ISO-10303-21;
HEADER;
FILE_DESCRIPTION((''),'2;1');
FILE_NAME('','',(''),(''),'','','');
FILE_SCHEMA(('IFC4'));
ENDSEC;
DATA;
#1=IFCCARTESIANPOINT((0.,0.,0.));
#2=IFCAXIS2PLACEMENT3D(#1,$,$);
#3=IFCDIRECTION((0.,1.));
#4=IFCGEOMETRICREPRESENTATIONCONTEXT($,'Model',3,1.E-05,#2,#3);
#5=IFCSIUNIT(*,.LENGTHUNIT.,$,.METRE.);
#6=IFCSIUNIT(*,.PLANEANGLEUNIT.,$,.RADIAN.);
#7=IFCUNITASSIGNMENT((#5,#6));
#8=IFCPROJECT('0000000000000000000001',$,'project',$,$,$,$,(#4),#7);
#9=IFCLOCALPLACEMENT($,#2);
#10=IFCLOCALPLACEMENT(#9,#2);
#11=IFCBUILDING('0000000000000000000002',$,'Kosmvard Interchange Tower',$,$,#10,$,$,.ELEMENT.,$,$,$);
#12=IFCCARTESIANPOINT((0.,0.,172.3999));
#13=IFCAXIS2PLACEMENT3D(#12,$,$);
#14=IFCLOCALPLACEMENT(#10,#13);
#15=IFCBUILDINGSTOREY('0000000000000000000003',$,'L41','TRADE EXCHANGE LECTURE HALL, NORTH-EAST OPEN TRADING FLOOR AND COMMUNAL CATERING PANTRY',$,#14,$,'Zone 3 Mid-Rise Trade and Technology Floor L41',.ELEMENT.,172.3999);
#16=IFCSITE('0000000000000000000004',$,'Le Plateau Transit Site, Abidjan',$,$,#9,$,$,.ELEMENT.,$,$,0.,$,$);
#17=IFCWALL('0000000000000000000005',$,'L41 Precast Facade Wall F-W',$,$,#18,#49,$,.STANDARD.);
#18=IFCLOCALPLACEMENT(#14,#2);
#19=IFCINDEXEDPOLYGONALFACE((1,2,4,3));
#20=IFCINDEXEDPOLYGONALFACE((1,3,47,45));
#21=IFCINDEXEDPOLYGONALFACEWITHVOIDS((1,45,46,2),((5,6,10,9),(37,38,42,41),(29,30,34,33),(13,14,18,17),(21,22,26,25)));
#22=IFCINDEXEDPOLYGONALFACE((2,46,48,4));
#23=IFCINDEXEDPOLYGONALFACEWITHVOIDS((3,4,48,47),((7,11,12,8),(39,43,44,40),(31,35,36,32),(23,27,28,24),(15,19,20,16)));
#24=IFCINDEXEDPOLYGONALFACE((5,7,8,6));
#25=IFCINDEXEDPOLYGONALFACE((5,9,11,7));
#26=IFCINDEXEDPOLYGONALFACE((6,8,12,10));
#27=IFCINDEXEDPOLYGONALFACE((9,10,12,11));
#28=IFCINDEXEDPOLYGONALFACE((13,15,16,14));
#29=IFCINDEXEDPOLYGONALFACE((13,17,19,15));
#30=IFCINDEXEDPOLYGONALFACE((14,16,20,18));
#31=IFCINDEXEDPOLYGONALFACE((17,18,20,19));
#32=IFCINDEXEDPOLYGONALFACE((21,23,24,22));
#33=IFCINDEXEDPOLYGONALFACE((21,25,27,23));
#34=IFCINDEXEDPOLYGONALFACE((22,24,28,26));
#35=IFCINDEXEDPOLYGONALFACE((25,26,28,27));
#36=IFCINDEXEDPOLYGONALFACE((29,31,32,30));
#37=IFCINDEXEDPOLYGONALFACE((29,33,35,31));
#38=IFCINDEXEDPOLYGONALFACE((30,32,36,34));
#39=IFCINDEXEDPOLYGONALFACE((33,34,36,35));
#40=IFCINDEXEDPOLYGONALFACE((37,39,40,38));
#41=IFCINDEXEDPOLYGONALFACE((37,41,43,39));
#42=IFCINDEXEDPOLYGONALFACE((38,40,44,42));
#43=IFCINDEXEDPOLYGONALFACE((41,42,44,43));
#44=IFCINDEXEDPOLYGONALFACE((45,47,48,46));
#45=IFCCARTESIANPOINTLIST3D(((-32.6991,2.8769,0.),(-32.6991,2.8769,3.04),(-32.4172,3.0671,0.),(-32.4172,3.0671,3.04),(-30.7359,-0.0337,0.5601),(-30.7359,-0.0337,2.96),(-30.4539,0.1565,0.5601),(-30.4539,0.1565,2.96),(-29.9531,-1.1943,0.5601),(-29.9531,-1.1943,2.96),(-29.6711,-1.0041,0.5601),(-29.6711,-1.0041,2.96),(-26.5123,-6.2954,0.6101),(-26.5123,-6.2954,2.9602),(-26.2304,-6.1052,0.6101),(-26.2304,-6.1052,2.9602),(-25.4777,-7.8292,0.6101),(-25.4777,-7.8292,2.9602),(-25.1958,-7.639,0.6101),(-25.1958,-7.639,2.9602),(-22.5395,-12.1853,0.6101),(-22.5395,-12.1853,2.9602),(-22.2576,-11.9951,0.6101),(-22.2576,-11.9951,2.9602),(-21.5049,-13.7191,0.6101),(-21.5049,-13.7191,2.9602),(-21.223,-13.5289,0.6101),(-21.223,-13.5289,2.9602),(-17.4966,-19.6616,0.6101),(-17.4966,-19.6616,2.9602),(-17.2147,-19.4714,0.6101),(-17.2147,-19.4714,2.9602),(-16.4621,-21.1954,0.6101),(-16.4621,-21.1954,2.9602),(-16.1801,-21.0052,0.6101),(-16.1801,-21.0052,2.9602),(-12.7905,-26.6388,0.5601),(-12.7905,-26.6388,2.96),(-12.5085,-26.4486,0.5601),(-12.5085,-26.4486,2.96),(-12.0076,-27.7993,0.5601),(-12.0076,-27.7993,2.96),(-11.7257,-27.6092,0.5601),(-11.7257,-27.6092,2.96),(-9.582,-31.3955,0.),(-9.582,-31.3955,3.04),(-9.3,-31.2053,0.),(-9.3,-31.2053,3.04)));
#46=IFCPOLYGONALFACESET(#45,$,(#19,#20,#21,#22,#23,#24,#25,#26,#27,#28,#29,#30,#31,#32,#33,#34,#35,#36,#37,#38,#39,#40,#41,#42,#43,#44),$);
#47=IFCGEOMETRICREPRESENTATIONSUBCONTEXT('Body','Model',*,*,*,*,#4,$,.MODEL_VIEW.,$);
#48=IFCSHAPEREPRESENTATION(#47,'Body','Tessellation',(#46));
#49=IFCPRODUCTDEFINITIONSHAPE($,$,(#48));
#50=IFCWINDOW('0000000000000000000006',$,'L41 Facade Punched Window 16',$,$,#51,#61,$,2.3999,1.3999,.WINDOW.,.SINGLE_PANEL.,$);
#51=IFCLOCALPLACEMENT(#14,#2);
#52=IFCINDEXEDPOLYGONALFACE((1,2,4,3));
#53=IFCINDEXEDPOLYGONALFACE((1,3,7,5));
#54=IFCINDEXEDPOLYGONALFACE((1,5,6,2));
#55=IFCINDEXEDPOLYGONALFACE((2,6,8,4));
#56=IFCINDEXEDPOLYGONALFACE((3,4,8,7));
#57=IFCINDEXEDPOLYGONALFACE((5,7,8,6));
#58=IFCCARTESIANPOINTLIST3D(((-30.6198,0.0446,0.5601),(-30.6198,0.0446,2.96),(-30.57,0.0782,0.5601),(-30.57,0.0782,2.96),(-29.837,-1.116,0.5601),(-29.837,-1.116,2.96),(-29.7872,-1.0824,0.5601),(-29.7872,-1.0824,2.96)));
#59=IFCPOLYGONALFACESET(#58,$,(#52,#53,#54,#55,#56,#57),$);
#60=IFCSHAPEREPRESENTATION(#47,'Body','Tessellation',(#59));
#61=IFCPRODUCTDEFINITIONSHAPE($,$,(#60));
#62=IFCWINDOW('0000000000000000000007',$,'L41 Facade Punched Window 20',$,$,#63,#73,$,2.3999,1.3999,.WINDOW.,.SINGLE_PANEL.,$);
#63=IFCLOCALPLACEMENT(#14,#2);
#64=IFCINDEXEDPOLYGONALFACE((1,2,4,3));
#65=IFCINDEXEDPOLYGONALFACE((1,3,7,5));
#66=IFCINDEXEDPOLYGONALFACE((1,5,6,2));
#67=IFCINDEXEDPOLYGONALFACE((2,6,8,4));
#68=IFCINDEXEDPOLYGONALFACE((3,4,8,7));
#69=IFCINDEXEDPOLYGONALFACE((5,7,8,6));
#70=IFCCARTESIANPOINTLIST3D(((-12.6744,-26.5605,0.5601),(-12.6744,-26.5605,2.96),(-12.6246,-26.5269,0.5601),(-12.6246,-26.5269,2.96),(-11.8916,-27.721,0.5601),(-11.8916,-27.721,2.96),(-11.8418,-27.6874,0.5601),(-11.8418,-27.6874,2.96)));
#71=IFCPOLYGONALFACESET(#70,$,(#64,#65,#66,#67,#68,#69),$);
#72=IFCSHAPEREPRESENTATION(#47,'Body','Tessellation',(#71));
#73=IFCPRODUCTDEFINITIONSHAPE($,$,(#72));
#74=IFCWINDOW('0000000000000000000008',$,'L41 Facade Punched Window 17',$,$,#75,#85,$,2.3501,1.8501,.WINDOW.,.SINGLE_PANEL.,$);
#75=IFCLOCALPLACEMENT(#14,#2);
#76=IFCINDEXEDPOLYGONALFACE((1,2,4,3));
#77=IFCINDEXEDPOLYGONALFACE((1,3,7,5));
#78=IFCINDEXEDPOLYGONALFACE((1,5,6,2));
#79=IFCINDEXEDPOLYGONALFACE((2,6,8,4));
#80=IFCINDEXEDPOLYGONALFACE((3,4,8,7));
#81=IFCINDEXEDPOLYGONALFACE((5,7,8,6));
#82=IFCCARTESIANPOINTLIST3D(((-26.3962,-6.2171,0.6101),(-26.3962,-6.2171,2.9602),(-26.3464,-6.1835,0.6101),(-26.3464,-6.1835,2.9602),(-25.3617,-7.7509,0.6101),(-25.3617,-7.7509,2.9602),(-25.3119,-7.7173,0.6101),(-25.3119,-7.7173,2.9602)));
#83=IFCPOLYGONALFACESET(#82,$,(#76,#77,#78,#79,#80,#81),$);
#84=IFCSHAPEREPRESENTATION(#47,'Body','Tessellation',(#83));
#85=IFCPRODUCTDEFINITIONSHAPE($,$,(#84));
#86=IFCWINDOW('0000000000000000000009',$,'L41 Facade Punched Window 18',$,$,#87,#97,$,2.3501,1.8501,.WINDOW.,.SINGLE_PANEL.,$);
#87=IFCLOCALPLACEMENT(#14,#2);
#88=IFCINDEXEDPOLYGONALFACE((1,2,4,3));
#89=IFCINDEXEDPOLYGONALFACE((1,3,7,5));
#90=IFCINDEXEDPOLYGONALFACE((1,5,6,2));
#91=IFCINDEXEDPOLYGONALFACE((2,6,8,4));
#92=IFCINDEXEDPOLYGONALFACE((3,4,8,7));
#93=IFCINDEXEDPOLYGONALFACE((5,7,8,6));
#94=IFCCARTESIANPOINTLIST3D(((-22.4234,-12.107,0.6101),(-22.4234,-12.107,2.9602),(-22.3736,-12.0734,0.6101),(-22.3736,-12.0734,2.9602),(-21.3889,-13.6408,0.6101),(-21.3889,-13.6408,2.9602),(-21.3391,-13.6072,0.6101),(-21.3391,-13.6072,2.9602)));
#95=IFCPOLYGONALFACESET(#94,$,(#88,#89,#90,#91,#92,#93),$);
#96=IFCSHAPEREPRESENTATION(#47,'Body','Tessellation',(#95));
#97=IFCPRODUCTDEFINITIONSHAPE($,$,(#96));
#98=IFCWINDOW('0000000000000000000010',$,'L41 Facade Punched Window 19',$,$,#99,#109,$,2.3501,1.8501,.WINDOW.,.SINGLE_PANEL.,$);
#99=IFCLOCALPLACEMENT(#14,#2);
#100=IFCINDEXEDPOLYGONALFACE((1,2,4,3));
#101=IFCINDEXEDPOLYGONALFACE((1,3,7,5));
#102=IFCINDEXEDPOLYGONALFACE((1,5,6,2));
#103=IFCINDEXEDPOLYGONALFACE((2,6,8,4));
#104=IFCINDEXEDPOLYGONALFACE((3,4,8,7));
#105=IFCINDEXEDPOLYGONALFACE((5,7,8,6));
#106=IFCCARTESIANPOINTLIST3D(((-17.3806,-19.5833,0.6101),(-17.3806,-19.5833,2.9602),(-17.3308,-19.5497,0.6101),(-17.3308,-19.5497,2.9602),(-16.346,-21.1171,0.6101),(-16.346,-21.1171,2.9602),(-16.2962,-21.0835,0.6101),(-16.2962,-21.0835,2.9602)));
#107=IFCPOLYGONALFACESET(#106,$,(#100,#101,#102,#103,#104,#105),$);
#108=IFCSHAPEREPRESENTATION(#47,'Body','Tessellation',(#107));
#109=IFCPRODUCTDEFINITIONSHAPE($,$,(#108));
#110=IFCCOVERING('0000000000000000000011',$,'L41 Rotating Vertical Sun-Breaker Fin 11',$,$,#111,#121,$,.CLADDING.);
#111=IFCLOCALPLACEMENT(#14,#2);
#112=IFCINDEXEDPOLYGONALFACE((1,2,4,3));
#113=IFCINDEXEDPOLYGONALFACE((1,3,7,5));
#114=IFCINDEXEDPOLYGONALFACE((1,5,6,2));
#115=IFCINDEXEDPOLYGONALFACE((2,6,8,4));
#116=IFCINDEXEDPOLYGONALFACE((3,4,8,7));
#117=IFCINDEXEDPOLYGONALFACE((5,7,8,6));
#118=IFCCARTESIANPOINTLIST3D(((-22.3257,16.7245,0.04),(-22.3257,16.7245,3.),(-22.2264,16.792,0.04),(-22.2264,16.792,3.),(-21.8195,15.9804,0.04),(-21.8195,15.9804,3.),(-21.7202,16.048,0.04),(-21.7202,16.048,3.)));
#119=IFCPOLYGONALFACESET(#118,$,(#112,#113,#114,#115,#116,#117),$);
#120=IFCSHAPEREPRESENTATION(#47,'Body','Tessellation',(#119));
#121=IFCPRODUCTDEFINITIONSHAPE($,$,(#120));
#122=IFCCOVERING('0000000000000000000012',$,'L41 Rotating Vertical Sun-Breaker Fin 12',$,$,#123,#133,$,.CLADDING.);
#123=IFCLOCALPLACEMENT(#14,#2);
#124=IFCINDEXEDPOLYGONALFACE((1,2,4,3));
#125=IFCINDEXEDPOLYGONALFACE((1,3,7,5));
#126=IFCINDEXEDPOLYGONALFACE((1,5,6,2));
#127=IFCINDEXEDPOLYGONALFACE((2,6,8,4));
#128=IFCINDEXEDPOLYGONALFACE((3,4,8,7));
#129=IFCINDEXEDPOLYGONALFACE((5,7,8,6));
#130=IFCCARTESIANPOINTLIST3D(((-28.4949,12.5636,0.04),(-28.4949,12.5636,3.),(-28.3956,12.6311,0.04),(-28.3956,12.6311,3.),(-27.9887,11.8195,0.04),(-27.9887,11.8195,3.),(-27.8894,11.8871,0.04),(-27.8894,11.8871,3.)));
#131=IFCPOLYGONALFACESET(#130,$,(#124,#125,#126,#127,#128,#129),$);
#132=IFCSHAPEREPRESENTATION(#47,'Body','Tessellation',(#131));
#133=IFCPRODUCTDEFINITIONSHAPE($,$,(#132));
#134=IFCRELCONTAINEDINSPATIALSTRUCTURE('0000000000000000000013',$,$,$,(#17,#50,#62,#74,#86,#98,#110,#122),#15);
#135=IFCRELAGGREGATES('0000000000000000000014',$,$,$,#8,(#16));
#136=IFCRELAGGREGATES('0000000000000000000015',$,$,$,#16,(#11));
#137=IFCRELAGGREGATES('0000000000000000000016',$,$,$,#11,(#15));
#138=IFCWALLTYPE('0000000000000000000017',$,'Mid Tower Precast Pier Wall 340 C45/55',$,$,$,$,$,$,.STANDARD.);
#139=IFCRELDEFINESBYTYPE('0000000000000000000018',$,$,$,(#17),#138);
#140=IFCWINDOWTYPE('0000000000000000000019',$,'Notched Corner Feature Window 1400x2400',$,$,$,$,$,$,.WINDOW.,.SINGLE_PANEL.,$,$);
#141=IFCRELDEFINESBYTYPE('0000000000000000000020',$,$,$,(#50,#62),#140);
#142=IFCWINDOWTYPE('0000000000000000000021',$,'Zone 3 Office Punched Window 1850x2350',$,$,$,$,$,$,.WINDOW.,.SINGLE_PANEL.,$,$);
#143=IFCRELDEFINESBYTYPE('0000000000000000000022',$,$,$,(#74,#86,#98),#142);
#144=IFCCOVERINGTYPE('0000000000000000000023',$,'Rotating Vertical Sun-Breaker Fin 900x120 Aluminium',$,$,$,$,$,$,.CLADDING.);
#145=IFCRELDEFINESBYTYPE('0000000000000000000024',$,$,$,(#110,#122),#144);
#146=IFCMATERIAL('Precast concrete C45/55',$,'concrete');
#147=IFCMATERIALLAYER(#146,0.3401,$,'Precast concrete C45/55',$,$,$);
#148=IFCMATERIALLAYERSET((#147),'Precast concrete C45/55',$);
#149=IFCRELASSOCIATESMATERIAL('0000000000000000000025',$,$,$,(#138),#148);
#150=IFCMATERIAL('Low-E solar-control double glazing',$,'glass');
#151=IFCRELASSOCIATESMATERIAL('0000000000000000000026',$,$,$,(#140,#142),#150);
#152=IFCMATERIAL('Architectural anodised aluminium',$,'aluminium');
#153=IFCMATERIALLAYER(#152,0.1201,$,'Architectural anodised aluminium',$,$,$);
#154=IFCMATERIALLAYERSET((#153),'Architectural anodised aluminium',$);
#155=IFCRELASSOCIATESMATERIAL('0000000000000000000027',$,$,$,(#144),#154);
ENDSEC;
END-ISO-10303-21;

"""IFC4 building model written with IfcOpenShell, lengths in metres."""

from ifc_helpers import new_model, si_unit, direction, frame, frame_2d, origin, origin_2d, place, context, subcontext, project, spatial, rectangle, extrude, source, transform, mapped, material, layer, layer_set, type_object, element, fill, save


model = new_model("IFC4")

# Units and contexts
model_context = context("Model", 3, precision=1e-05, world=origin(), true_north=direction((0.0, 1.0)))
body_context = subcontext(model_context, "Body", "Model", "MODEL_VIEW")
ifc_project = project(units=[si_unit("LENGTHUNIT", "METRE"), si_unit("PLANEANGLEUNIT", "RADIAN")], contexts=[model_context])

# Site, building, storey
site_placement = place(None, origin())
site = spatial("IfcSite", under=ifc_project, at=site_placement, Name="Le Plateau Transit Site, Abidjan", CompositionType="ELEMENT", RefElevation=0.0)
building_placement = place(site_placement, origin())
building = spatial("IfcBuilding", under=site, at=building_placement, Name="Kosmvard Interchange Tower", CompositionType="ELEMENT")
storey_placement = place(building_placement, frame((0.0, 0.0, 172.3999)))
storey = spatial("IfcBuildingStorey", under=building, at=storey_placement, Name="L41", Description="TRADE EXCHANGE LECTURE HALL, NORTH-EAST OPEN TRADING FLOOR AND COMMUNAL CATERING PANTRY", LongName="Zone 3 Mid-Rise Trade and Technology Floor L41", CompositionType="ELEMENT", Elevation=172.3999)

# Shared definitions
ifc_material_1 = material(Name="Precast concrete C45/55", Category="concrete")

# Shared definitions
ifc_layer_1 = layer(ifc_material_1, 0.3401, Name="Precast concrete C45/55")
ifc_layer_set_1 = layer_set([ifc_layer_1], Name="Precast concrete C45/55")
wall_type = type_object("IfcWallType", Name="Mid Tower Precast Pier Wall 340 C45/55", PredefinedType="STANDARD", material=ifc_layer_set_1)

# Shared definitions
ifc_material_2 = material(Name="Low-E solar-control double glazing", Category="glass")
window_type_1 = type_object("IfcWindowType", Name="Notched Corner Feature Window 1400x2400", PartitioningType="SINGLE_PANEL", PredefinedType="WINDOW", material=ifc_material_2)
shared_shape_1 = source(origin(), body_context, "Body", "SweptSolid", [
    extrude(rectangle(XDim=1.3999, YDim=2.3999, at=frame_2d((0.7, 1.2))), frame((0.0, 0.03, 0.0), z_axis=(0.0, -1.0, 0.0), x_axis=(1.0, 0.0, 0.0)), (0.0, 0.0, 1.0), 0.0601),
])

# Wall, openings, windows
wall_1_placement = place(storey_placement, frame((-32.5581, 2.9719, 0.0), z_axis=(0.0, 0.0, 1.0), x_axis=(0.559195, -0.829036, 0.0)))
wall_1 = element("IfcWall", 1, at=wall_1_placement, inside=storey, type_object=wall_type, Name="L41 Precast Facade Wall F-W", PredefinedType="STANDARD", context=body_context, shape_type="SweptSolid", body=[
    extrude(rectangle(XDim=41.3401, YDim=0.3401, at=frame_2d((20.6699, 0.0))), origin(), (0.0, 0.0, 1.0), 3.04),
])
opening_1_placement = place(wall_1_placement, frame((3.5107, 0.0, 0.5601)))
opening_1 = element("IfcOpeningElement", 2, at=opening_1_placement, cuts=wall_1, PredefinedType="OPENING", context=body_context, shape_type="SweptSolid", body=[
    extrude(rectangle(XDim=1.3999, YDim=2.3999, at=frame_2d((0.7, 1.2))), frame((0.0, 0.1802, 0.0), z_axis=(0.0, -1.0, 0.0), x_axis=(1.0, 0.0, 0.0)), (0.0, 0.0, 1.0), 0.3601),
])
opening_2_placement = place(wall_1_placement, frame((11.0637, 0.0, 0.6101)))
opening_2 = element("IfcOpeningElement", 3, at=opening_2_placement, cuts=wall_1, PredefinedType="OPENING", context=body_context, shape_type="SweptSolid", body=[
    extrude(rectangle(XDim=1.8501, YDim=2.3501, at=frame_2d((0.925, 1.175))), frame((0.0, 0.1802, 0.0), z_axis=(0.0, -1.0, 0.0), x_axis=(1.0, 0.0, 0.0)), (0.0, 0.0, 1.0), 0.3601),
])
opening_3_placement = place(wall_1_placement, frame((18.1682, 0.0, 0.6101)))
opening_3 = element("IfcOpeningElement", 4, at=opening_3_placement, cuts=wall_1, PredefinedType="OPENING", context=body_context, shape_type="SweptSolid", body=[
    extrude(rectangle(XDim=1.8501, YDim=2.3501, at=frame_2d((0.925, 1.175))), frame((0.0, 0.1802, 0.0), z_axis=(0.0, -1.0, 0.0), x_axis=(1.0, 0.0, 0.0)), (0.0, 0.0, 1.0), 0.3601),
])
opening_4_placement = place(wall_1_placement, frame((27.1863, 0.0, 0.6101)))
opening_4 = element("IfcOpeningElement", 5, at=opening_4_placement, cuts=wall_1, PredefinedType="OPENING", context=body_context, shape_type="SweptSolid", body=[
    extrude(rectangle(XDim=1.8501, YDim=2.3501, at=frame_2d((0.925, 1.175))), frame((0.0, 0.1802, 0.0), z_axis=(0.0, -1.0, 0.0), x_axis=(1.0, 0.0, 0.0)), (0.0, 0.0, 1.0), 0.3601),
])
opening_5_placement = place(wall_1_placement, frame((35.6023, 0.0, 0.5601)))
opening_5 = element("IfcOpeningElement", 6, at=opening_5_placement, cuts=wall_1, PredefinedType="OPENING", context=body_context, shape_type="SweptSolid", body=[
    extrude(rectangle(XDim=1.3999, YDim=2.3999, at=frame_2d((0.7, 1.2))), frame((0.0, 0.1802, 0.0), z_axis=(0.0, -1.0, 0.0), x_axis=(1.0, 0.0, 0.0)), (0.0, 0.0, 1.0), 0.3601),
])
window_1_placement = place(opening_1_placement, origin())
window_1 = element("IfcWindow", 7, at=window_1_placement, inside=storey, type_object=window_type_1, Name="L41 Facade Punched Window 16", OverallHeight=2.3999, OverallWidth=1.3999, PartitioningType="SINGLE_PANEL", PredefinedType="WINDOW", context=body_context, shape_type="MappedRepresentation", body=[
    mapped(shared_shape_1, transform((0.0, 0.0, 0.0), scale=1.0)),
])
fill(opening_1, window_1)
window_2_placement = place(opening_5_placement, origin())
window_2 = element("IfcWindow", 8, at=window_2_placement, inside=storey, type_object=window_type_1, Name="L41 Facade Punched Window 20", OverallHeight=2.3999, OverallWidth=1.3999, PartitioningType="SINGLE_PANEL", PredefinedType="WINDOW", context=body_context, shape_type="MappedRepresentation", body=[
    mapped(shared_shape_1, transform((0.0, 0.0, 0.0), scale=1.0)),
])
fill(opening_5, window_2)
window_type_2 = type_object("IfcWindowType", Name="Zone 3 Office Punched Window 1850x2350", PartitioningType="SINGLE_PANEL", PredefinedType="WINDOW", material=ifc_material_2)
shared_shape_2 = source(origin(), body_context, "Body", "SweptSolid", [
    extrude(rectangle(XDim=1.8501, YDim=2.3501, at=frame_2d((0.925, 1.175))), frame((0.0, 0.03, 0.0), z_axis=(0.0, -1.0, 0.0), x_axis=(1.0, 0.0, 0.0)), (0.0, 0.0, 1.0), 0.0601),
])
window_3_placement = place(opening_2_placement, origin())
window_3 = element("IfcWindow", 9, at=window_3_placement, inside=storey, type_object=window_type_2, Name="L41 Facade Punched Window 17", OverallHeight=2.3501, OverallWidth=1.8501, PartitioningType="SINGLE_PANEL", PredefinedType="WINDOW", context=body_context, shape_type="MappedRepresentation", body=[
    mapped(shared_shape_2, transform((0.0, 0.0, 0.0), scale=1.0)),
])
fill(opening_2, window_3)
window_4_placement = place(opening_3_placement, origin())
window_4 = element("IfcWindow", 10, at=window_4_placement, inside=storey, type_object=window_type_2, Name="L41 Facade Punched Window 18", OverallHeight=2.3501, OverallWidth=1.8501, PartitioningType="SINGLE_PANEL", PredefinedType="WINDOW", context=body_context, shape_type="MappedRepresentation", body=[
    mapped(shared_shape_2, transform((0.0, 0.0, 0.0), scale=1.0)),
])
fill(opening_3, window_4)
window_5_placement = place(opening_4_placement, origin())
window_5 = element("IfcWindow", 11, at=window_5_placement, inside=storey, type_object=window_type_2, Name="L41 Facade Punched Window 19", OverallHeight=2.3501, OverallWidth=1.8501, PartitioningType="SINGLE_PANEL", PredefinedType="WINDOW", context=body_context, shape_type="MappedRepresentation", body=[
    mapped(shared_shape_2, transform((0.0, 0.0, 0.0), scale=1.0)),
])
fill(opening_4, window_5)

# Coverings
ifc_material_3 = material(Name="Architectural anodised aluminium", Category="aluminium")
ifc_layer_2 = layer(ifc_material_3, 0.1201, Name="Architectural anodised aluminium")
ifc_layer_set_2 = layer_set([ifc_layer_2], Name="Architectural anodised aluminium")
covering_type = type_object("IfcCoveringType", Name="Rotating Vertical Sun-Breaker Fin 900x120 Aluminium", PredefinedType="CLADDING", material=ifc_layer_set_2)
shared_shape_3 = source(origin(), body_context, "Body", "SweptSolid", [
    extrude(rectangle(XDim=0.8999, YDim=0.1201, at=origin_2d()), origin(), (0.0, 0.0, 1.0), 2.96),
])
for number, where, z_axis, x_axis, name in (
    (12, (-22.0229, 16.3862, 0.04), (0.0, 0.0, 1.0), (-0.562516, 0.826786, 0.0), "L41 Rotating Vertical Sun-Breaker Fin 11"),
    (13, (-28.1921, 12.2253, 0.04), (0.0, 0.0, 1.0), (-0.562516, 0.826786, 0.0), "L41 Rotating Vertical Sun-Breaker Fin 12"),
):
    element("IfcCovering", number, at=place(storey_placement, frame(where, z_axis=z_axis, x_axis=x_axis)), inside=storey, type_object=covering_type, Name=name, PredefinedType="CLADDING", context=body_context, shape_type="MappedRepresentation", body=[
        mapped(shared_shape_3, transform((0.0, 0.0, 0.0), scale=1.0)),
    ])

save(model, "model.ifc")
